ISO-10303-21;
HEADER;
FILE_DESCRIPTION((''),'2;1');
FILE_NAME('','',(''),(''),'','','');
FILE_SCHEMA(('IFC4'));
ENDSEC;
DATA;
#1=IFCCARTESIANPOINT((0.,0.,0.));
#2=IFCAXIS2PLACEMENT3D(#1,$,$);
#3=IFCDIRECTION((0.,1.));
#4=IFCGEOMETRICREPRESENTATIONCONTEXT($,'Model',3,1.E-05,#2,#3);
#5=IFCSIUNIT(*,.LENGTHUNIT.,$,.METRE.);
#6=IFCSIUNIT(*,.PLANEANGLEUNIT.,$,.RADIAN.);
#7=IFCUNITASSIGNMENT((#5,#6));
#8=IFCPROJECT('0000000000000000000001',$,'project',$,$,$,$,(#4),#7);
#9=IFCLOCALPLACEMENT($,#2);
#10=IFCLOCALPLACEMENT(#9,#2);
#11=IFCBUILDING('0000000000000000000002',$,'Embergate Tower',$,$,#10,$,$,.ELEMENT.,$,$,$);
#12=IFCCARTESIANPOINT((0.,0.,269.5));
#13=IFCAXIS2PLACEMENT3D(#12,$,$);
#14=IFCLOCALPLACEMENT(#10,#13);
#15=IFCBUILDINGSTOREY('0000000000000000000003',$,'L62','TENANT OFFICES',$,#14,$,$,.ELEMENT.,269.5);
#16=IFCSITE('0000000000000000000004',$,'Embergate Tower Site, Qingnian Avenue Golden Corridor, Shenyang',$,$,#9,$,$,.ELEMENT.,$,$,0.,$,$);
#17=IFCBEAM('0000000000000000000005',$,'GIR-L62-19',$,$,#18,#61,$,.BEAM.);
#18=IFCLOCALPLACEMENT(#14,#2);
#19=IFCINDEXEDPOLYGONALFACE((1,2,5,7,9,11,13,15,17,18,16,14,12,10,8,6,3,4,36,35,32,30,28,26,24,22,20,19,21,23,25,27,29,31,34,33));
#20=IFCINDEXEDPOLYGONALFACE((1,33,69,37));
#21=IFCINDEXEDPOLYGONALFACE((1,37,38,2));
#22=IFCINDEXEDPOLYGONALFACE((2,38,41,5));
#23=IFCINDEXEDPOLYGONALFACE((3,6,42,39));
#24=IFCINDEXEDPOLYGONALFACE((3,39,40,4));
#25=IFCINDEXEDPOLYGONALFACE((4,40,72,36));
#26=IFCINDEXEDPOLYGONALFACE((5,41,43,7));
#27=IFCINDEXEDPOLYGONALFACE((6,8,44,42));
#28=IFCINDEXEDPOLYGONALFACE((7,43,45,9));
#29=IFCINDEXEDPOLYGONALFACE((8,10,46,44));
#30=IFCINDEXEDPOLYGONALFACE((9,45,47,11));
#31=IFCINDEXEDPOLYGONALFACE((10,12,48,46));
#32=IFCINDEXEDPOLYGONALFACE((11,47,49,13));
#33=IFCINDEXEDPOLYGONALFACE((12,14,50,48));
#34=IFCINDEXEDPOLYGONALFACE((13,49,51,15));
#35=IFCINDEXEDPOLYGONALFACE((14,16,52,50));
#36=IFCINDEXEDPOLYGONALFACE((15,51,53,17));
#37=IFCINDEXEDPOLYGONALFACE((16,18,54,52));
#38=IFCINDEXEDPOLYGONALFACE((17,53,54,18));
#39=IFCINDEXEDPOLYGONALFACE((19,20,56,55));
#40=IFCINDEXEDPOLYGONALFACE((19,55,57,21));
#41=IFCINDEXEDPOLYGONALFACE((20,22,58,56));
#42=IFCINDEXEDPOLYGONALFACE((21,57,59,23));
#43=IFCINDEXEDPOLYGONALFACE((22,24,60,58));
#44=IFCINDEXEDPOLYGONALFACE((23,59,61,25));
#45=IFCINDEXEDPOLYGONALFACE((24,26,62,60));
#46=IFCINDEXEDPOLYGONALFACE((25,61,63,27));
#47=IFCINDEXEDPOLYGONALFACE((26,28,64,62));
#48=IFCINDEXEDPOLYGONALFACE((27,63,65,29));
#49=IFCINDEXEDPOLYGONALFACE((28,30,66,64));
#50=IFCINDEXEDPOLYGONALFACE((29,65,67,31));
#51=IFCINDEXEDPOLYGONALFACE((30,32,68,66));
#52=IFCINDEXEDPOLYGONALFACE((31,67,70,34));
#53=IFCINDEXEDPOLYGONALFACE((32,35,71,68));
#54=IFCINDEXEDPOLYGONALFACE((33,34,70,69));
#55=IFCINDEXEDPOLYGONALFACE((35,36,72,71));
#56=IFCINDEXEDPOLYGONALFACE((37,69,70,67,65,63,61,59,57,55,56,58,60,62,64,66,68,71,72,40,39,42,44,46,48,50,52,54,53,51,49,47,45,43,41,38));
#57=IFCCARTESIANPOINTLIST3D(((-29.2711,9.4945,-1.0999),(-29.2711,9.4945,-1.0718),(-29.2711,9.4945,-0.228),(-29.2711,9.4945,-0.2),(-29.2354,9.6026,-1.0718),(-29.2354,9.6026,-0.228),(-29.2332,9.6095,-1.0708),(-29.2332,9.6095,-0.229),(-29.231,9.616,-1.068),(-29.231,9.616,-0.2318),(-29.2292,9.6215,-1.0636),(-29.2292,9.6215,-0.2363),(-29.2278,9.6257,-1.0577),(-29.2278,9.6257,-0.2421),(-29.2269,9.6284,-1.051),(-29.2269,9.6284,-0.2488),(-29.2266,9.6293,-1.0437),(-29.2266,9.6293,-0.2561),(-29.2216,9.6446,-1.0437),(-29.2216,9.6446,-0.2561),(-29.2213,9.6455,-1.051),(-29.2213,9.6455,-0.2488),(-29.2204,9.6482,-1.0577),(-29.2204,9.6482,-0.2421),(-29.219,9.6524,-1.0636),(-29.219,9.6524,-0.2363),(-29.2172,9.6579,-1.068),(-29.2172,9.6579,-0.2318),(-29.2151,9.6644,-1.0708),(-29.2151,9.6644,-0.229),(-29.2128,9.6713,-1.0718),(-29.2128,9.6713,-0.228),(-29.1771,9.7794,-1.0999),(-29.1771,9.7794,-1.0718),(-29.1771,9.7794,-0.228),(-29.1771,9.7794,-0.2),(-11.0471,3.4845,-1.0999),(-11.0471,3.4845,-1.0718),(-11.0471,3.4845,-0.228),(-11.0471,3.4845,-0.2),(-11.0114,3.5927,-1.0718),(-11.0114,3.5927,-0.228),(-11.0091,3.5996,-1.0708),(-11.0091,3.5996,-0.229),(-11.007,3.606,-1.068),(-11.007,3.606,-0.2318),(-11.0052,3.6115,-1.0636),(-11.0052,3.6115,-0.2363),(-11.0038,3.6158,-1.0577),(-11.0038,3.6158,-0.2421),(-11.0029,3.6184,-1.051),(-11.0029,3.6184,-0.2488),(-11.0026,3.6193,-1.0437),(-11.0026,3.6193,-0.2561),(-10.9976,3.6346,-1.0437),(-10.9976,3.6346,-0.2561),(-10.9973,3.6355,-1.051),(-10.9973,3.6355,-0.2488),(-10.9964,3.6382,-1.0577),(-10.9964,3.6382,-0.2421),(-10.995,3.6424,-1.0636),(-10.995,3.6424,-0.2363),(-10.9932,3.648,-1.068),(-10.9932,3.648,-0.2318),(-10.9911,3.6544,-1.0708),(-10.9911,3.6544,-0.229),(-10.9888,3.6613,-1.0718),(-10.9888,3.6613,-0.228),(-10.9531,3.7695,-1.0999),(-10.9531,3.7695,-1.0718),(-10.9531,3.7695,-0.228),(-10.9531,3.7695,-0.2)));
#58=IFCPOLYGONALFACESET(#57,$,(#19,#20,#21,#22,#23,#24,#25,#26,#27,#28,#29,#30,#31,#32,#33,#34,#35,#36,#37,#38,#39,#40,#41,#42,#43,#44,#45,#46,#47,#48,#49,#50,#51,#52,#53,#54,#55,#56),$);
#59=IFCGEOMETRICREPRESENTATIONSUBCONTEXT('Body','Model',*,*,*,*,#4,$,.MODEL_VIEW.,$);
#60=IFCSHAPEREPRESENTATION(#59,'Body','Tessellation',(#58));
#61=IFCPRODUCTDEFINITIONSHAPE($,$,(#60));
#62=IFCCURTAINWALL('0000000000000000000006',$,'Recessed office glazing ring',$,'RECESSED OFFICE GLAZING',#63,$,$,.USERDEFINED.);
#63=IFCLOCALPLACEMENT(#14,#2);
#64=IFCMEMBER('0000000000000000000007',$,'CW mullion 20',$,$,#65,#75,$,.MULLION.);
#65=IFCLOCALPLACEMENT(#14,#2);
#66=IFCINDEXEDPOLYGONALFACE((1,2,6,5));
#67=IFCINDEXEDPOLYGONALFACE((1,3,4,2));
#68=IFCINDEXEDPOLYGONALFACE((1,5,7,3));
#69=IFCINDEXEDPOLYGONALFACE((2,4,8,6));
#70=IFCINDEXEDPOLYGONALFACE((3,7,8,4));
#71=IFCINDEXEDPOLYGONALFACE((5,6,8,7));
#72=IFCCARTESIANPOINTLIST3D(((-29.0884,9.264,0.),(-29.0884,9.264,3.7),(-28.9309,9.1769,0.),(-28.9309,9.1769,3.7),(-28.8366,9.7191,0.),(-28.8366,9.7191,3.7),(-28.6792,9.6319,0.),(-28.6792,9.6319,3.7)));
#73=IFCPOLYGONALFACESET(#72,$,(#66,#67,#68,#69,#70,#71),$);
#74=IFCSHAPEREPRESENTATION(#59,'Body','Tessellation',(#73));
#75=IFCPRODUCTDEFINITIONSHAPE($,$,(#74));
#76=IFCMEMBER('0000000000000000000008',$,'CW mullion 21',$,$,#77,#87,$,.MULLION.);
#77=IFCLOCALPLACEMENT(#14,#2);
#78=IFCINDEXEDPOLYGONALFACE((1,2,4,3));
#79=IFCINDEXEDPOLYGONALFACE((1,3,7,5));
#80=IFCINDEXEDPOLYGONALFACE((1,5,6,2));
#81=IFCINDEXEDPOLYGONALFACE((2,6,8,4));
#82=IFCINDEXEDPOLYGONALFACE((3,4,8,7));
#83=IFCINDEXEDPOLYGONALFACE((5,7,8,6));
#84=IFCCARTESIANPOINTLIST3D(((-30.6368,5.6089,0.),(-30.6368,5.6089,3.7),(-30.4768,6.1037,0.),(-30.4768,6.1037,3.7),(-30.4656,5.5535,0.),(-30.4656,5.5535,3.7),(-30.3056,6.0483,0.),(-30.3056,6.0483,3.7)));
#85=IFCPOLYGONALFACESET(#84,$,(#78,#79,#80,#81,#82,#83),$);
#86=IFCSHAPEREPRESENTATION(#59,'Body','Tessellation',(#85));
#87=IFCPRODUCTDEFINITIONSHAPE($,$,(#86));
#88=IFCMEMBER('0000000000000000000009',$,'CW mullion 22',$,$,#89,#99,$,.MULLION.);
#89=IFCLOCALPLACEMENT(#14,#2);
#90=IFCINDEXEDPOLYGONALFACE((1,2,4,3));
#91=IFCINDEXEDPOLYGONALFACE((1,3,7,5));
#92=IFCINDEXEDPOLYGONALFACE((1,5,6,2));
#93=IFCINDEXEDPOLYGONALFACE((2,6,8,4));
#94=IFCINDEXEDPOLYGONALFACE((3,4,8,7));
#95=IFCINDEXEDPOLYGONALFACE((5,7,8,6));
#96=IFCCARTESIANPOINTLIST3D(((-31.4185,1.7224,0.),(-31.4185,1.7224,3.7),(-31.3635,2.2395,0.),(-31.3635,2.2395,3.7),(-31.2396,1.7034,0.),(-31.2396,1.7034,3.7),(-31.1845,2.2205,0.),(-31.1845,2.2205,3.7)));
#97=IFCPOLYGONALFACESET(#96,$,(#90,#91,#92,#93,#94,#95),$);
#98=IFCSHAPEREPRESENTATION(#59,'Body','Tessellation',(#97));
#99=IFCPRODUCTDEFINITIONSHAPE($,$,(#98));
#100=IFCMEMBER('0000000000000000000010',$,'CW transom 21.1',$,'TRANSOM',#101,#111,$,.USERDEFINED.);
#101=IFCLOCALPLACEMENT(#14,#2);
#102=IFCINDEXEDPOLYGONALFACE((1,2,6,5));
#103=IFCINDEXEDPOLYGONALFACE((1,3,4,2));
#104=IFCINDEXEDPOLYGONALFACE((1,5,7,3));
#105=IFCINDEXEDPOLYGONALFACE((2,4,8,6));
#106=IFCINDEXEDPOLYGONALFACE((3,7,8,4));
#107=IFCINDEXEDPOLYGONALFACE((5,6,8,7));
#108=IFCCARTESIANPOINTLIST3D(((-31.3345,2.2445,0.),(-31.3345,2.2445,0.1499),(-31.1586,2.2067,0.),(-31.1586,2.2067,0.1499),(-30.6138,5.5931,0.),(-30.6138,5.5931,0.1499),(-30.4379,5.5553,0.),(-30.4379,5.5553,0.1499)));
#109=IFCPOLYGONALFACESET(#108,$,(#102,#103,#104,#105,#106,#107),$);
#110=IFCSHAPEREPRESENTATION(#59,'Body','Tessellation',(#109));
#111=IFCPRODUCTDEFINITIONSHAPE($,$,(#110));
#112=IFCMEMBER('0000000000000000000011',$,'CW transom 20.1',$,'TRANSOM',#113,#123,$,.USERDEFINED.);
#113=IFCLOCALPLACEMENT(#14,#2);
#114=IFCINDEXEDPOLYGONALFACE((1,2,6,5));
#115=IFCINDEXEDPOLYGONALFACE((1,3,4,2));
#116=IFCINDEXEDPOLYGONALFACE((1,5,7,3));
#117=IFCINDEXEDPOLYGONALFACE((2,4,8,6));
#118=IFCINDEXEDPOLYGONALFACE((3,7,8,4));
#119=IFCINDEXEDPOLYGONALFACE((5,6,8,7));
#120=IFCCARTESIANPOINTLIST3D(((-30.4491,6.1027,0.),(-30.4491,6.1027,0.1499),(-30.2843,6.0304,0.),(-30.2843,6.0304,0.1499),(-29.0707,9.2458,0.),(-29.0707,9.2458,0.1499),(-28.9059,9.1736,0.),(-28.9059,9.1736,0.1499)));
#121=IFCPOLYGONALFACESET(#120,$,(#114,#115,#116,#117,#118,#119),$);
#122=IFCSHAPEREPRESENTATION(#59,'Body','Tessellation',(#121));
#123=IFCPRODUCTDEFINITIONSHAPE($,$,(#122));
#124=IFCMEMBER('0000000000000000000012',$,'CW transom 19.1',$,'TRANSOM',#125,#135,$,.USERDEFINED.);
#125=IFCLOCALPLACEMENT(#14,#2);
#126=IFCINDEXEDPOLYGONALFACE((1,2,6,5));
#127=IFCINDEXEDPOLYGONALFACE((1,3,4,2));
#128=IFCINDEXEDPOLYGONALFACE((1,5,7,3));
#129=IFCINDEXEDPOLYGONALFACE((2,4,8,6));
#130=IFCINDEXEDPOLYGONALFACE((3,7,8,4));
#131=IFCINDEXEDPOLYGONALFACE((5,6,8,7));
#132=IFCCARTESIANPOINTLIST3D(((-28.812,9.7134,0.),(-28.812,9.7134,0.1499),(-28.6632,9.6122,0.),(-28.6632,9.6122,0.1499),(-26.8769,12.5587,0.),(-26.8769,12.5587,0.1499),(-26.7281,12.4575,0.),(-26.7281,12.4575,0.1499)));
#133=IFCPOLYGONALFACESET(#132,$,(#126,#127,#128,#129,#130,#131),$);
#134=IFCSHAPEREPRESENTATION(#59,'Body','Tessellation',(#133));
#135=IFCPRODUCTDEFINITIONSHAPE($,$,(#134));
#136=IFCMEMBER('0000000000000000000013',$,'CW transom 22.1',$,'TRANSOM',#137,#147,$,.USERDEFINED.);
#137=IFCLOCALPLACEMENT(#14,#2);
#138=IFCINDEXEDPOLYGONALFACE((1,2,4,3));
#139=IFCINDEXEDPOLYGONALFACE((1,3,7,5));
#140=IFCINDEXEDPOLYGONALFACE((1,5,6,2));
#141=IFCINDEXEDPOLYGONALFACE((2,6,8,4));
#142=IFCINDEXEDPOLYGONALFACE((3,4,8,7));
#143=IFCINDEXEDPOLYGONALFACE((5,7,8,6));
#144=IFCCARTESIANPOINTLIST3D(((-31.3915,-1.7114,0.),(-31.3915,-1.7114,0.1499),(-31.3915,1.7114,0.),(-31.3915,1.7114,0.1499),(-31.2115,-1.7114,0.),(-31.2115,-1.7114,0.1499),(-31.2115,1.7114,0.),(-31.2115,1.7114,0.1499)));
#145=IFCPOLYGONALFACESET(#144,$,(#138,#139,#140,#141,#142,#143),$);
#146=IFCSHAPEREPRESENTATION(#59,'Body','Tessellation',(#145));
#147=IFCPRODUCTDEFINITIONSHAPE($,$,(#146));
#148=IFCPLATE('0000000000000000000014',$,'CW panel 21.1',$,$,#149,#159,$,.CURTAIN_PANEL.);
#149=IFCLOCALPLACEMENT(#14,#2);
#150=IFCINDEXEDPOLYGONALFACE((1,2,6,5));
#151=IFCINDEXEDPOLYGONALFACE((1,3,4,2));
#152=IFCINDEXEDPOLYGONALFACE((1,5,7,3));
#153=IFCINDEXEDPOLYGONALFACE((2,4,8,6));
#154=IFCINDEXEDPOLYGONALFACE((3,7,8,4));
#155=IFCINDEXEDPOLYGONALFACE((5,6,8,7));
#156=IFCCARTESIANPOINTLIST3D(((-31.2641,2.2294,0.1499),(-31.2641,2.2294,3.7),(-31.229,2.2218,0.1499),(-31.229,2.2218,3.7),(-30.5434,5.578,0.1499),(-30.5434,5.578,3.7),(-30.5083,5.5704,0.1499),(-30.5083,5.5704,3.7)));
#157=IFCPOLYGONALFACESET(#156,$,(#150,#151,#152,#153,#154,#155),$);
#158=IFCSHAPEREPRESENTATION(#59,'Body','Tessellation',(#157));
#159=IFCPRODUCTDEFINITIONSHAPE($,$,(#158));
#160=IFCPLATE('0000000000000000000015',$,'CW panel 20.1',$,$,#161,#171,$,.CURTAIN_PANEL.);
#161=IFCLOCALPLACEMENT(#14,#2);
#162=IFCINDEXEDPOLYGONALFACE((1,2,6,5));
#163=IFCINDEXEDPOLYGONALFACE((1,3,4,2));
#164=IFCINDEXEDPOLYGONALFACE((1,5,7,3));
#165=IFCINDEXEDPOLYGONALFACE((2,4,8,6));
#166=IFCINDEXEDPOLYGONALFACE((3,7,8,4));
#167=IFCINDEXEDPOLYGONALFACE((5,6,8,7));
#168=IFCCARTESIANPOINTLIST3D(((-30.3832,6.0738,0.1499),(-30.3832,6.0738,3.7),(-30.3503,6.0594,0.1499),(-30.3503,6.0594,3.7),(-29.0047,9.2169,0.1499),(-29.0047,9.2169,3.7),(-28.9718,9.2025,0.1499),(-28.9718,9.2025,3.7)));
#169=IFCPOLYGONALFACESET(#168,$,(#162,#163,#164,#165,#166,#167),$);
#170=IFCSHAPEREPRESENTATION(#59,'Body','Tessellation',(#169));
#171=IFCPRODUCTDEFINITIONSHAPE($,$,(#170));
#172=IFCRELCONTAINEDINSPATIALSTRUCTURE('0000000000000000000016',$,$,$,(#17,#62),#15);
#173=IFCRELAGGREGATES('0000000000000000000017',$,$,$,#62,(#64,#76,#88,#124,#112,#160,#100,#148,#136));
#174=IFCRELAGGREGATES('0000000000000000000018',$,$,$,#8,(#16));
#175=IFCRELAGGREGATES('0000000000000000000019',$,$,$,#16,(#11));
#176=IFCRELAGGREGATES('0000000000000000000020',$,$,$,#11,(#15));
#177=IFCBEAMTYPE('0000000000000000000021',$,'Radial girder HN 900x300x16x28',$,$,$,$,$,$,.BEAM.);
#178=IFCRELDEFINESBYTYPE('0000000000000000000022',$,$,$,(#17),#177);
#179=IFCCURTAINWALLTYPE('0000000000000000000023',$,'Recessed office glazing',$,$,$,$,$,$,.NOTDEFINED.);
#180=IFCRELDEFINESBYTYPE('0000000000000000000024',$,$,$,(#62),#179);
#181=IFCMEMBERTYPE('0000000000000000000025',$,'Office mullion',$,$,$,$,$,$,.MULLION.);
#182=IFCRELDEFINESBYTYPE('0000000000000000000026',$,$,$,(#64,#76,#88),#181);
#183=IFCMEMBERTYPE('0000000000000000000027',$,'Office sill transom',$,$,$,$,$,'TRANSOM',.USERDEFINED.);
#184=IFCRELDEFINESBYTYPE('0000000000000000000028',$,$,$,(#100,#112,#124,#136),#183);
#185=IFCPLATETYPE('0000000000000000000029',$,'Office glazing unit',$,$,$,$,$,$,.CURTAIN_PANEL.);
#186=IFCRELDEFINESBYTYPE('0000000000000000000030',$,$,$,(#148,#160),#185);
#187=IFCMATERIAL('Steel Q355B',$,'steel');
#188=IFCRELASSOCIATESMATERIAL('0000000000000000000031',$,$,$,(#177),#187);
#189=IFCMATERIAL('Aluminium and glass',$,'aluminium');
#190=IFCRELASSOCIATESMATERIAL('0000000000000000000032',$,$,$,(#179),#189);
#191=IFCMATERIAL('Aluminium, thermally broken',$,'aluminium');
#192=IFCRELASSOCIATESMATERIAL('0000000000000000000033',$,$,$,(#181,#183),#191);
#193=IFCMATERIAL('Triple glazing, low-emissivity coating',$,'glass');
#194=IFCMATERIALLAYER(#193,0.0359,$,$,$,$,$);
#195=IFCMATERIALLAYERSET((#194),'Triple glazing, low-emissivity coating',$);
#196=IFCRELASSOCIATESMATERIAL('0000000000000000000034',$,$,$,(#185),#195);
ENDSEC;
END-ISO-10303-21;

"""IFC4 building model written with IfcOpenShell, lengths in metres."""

from ifc_helpers import new_model, si_unit, direction, frame, origin, origin_2d, place, context, subcontext, project, spatial, rectangle, i_section, extrude, source, transform, mapped, material, layer, layer_set, material_profile, profile_set, type_object, element, aggregate, save


model = new_model("IFC4")

# Units and contexts
model_context = context("Model", 3, precision=1e-05, world=origin(), true_north=direction((0.0, 1.0)))
body_context = subcontext(model_context, "Body", "Model", "MODEL_VIEW")
ifc_project = project(units=[si_unit("LENGTHUNIT", "METRE"), si_unit("PLANEANGLEUNIT", "RADIAN")], contexts=[model_context])

# Site, building, storey
site_placement = place(None, origin())
site = spatial("IfcSite", under=ifc_project, at=site_placement, Name="Embergate Tower Site, Qingnian Avenue Golden Corridor, Shenyang", CompositionType="ELEMENT", RefElevation=0.0)
building_placement = place(site_placement, origin())
building = spatial("IfcBuilding", under=site, at=building_placement, Name="Embergate Tower", CompositionType="ELEMENT")
storey_placement = place(building_placement, frame((0.0, 0.0, 269.5)))
storey = spatial("IfcBuildingStorey", under=building, at=storey_placement, Name="L62", Description="TENANT OFFICES", CompositionType="ELEMENT", Elevation=269.5)

# Beam
ifc_material_1 = material(Name="Steel Q355B", Category="steel")
ifc_material_profile_1 = material_profile(ifc_material_1, i_section(OverallWidth=0.3, OverallDepth=0.8999, WebThickness=0.0161, FlangeThickness=0.0281, FilletRadius=0.0281, at=origin_2d()), Name="HN 900x300x16x28")
ifc_profile_set_1 = profile_set([ifc_material_profile_1], Name="Steel Q355 grade B")
beam_type_1 = type_object("IfcBeamType", Name="Radial girder HN 900x300x16x28", PredefinedType="BEAM", material=ifc_profile_set_1)
shared_shape_1 = source(origin(), body_context, "Body", "SweptSolid", [
    extrude(i_section(OverallWidth=0.3, OverallDepth=0.8999, WebThickness=0.0161, FlangeThickness=0.0281, FilletRadius=0.0281, at=origin_2d()), origin(), (0.0, 0.0, 1.0), 19.1895),
])
beam_1_placement = place(storey_placement, frame((-29.2241, 9.637, -0.6499), z_axis=(0.94969, -0.313192, 0.0), x_axis=(0.313192, 0.94969, 0.0)))
element("IfcBeam", 1, at=beam_1_placement, inside=storey, type_object=beam_type_1, Name="GIR-L62-19", PredefinedType="BEAM", context=body_context, shape_type="MappedRepresentation", body=[
    mapped(shared_shape_1, transform((0.0, 0.0, 0.0))),
])

# Curtain wall, members, plates
ifc_material_2 = material(Name="Aluminium and glass", Category="aluminium")
curtain_wall_type = type_object("IfcCurtainWallType", Name="Recessed office glazing", PredefinedType="NOTDEFINED", material=ifc_material_2)
curtain_wall_placement = place(storey_placement, origin())
curtain_wall = element("IfcCurtainWall", 2, at=curtain_wall_placement, inside=storey, type_object=curtain_wall_type, Name="Recessed office glazing ring", ObjectType="RECESSED OFFICE GLAZING", PredefinedType="USERDEFINED")
ifc_material_3 = material(Name="Aluminium, thermally broken", Category="aluminium")
ifc_material_profile_2 = material_profile(ifc_material_3, rectangle(XDim=0.1799, YDim=0.52, at=origin_2d()), Name="AL 520x180")
ifc_profile_set_2 = profile_set([ifc_material_profile_2], Name="Aluminium, thermally broken")
member_type_1 = type_object("IfcMemberType", Name="Office mullion", PredefinedType="MULLION", material=ifc_profile_set_2)
shared_shape_2 = source(origin(), body_context, "Body", "SweptSolid", [
    extrude(rectangle(XDim=0.1799, YDim=0.52, at=origin_2d()), origin(), (0.0, 0.0, 1.0), 3.7),
])
member_1_placement = place(storey_placement, frame((-28.8838, 9.448, 0.0), z_axis=(0.0, 0.0, 1.0), x_axis=(0.874993, -0.484136, 0.0)))
member_1 = element("IfcMember", 3, at=member_1_placement, type_object=member_type_1, Name="CW mullion 20", PredefinedType="MULLION", context=body_context, shape_type="MappedRepresentation", body=[
    mapped(shared_shape_2, transform((0.0, 0.0, 0.0))),
])
member_2_placement = place(storey_placement, frame((-30.4712, 5.8286, 0.0), z_axis=(0.0, 0.0, 1.0), x_axis=(0.951493, -0.307671, 0.0)))
member_2 = element("IfcMember", 4, at=member_2_placement, type_object=member_type_1, Name="CW mullion 21", PredefinedType="MULLION", context=body_context, shape_type="MappedRepresentation", body=[
    mapped(shared_shape_2, transform((0.0, 0.0, 0.0))),
])
member_3_placement = place(storey_placement, frame((-31.3015, 1.9714, 0.0), z_axis=(0.0, 0.0, 1.0), x_axis=(0.994384, -0.10583, 0.0)))
member_3 = element("IfcMember", 5, at=member_3_placement, type_object=member_type_1, Name="CW mullion 22", PredefinedType="MULLION", context=body_context, shape_type="MappedRepresentation", body=[
    mapped(shared_shape_2, transform((0.0, 0.0, 0.0))),
])
ifc_material_profile_3 = material_profile(ifc_material_3, rectangle(XDim=0.1799, YDim=0.1499, at=origin_2d()), Name="AL 150x180")
ifc_profile_set_3 = profile_set([ifc_material_profile_3], Name="Aluminium, thermally broken")
member_type_2 = type_object("IfcMemberType", Name="Office sill transom", ElementType="TRANSOM", PredefinedType="USERDEFINED", material=ifc_profile_set_3)
shared_shape_3 = source(origin(), body_context, "Body", "SweptSolid", [
    extrude(rectangle(XDim=0.1799, YDim=0.1499, at=origin_2d()), origin(), (0.0, 0.0, 1.0), 3.4253),
])
member_4_placement = place(storey_placement, frame((-30.5259, 5.5742, 0.075), z_axis=(-0.210405, -0.977614, 0.0), x_axis=(0.977614, -0.210405, 0.0)))
member_4 = element("IfcMember", 6, at=member_4_placement, type_object=member_type_2, Name="CW transom 21.1", ObjectType="TRANSOM", PredefinedType="USERDEFINED", context=body_context, shape_type="MappedRepresentation", body=[
    mapped(shared_shape_3, transform((0.0, 0.0, 0.0))),
])
shared_shape_4 = source(origin(), body_context, "Body", "SweptSolid", [
    extrude(rectangle(XDim=0.1799, YDim=0.1499, at=origin_2d()), origin(), (0.0, 0.0, 1.0), 3.4321),
])
member_5_placement = place(storey_placement, frame((-28.9883, 9.2097, 0.075), z_axis=(-0.401632, -0.915801, 0.0), x_axis=(0.915801, -0.401632, 0.0)))
member_5 = element("IfcMember", 7, at=member_5_placement, type_object=member_type_2, Name="CW transom 20.1", ObjectType="TRANSOM", PredefinedType="USERDEFINED", context=body_context, shape_type="MappedRepresentation", body=[
    mapped(shared_shape_4, transform((0.0, 0.0, 0.0))),
])
shared_shape_5 = source(origin(), body_context, "Body", "SweptSolid", [
    extrude(rectangle(XDim=0.1799, YDim=0.1499, at=origin_2d()), origin(), (0.0, 0.0, 1.0), 3.4409),
])
member_6_placement = place(storey_placement, frame((-26.8025, 12.5081, 0.075), z_axis=(-0.562372, -0.826884, 0.0), x_axis=(0.826884, -0.562372, 0.0)))
member_6 = element("IfcMember", 8, at=member_6_placement, type_object=member_type_2, Name="CW transom 19.1", ObjectType="TRANSOM", PredefinedType="USERDEFINED", context=body_context, shape_type="MappedRepresentation", body=[
    mapped(shared_shape_5, transform((0.0, 0.0, 0.0))),
])
shared_shape_6 = source(origin(), body_context, "Body", "SweptSolid", [
    extrude(rectangle(XDim=0.1799, YDim=0.1499, at=origin_2d()), origin(), (0.0, 0.0, 1.0), 3.4229),
])
member_7_placement = place(storey_placement, frame((-31.3015, 1.7114, 0.075), z_axis=(0.0, -1.0, 0.0), x_axis=(1.0, 0.0, 0.0)))
member_7 = element("IfcMember", 9, at=member_7_placement, type_object=member_type_2, Name="CW transom 22.1", ObjectType="TRANSOM", PredefinedType="USERDEFINED", context=body_context, shape_type="MappedRepresentation", body=[
    mapped(shared_shape_6, transform((0.0, 0.0, 0.0))),
])
ifc_material_4 = material(Name="Triple glazing, low-emissivity coating", Category="glass")
ifc_layer_1 = layer(ifc_material_4, 0.0359)
ifc_layer_set_1 = layer_set([ifc_layer_1], Name="Triple glazing, low-emissivity coating")
plate_type = type_object("IfcPlateType", Name="Office glazing unit", PredefinedType="CURTAIN_PANEL", material=ifc_layer_set_1)
shared_shape_7 = source(origin(), body_context, "Body", "SweptSolid", [
    extrude(rectangle(XDim=3.4253, YDim=0.0359, at=origin_2d()), origin(), (0.0, 0.0, 1.0), 3.55),
])
plate_1_placement = place(storey_placement, frame((-30.8862, 3.8999, 0.1499), z_axis=(0.0, 0.0, 1.0), x_axis=(-0.210402, -0.977615, 0.0)))
plate_1 = element("IfcPlate", 10, at=plate_1_placement, type_object=plate_type, Name="CW panel 21.1", PredefinedType="CURTAIN_PANEL", context=body_context, shape_type="MappedRepresentation", body=[
    mapped(shared_shape_7, transform((0.0, 0.0, 0.0))),
])
shared_shape_8 = source(origin(), body_context, "Body", "SweptSolid", [
    extrude(rectangle(XDim=3.4321, YDim=0.0359, at=origin_2d()), origin(), (0.0, 0.0, 1.0), 3.55),
])
plate_2_placement = place(storey_placement, frame((-29.6775, 7.6382, 0.1499), z_axis=(0.0, 0.0, 1.0), x_axis=(-0.401658, -0.91579, 0.0)))
plate_2 = element("IfcPlate", 11, at=plate_2_placement, type_object=plate_type, Name="CW panel 20.1", PredefinedType="CURTAIN_PANEL", context=body_context, shape_type="MappedRepresentation", body=[
    mapped(shared_shape_8, transform((0.0, 0.0, 0.0))),
])
aggregate(curtain_wall, [member_1, member_2, member_3, member_6, member_5, plate_2, member_4, plate_1, member_7])

save(model, "model.ifc")
